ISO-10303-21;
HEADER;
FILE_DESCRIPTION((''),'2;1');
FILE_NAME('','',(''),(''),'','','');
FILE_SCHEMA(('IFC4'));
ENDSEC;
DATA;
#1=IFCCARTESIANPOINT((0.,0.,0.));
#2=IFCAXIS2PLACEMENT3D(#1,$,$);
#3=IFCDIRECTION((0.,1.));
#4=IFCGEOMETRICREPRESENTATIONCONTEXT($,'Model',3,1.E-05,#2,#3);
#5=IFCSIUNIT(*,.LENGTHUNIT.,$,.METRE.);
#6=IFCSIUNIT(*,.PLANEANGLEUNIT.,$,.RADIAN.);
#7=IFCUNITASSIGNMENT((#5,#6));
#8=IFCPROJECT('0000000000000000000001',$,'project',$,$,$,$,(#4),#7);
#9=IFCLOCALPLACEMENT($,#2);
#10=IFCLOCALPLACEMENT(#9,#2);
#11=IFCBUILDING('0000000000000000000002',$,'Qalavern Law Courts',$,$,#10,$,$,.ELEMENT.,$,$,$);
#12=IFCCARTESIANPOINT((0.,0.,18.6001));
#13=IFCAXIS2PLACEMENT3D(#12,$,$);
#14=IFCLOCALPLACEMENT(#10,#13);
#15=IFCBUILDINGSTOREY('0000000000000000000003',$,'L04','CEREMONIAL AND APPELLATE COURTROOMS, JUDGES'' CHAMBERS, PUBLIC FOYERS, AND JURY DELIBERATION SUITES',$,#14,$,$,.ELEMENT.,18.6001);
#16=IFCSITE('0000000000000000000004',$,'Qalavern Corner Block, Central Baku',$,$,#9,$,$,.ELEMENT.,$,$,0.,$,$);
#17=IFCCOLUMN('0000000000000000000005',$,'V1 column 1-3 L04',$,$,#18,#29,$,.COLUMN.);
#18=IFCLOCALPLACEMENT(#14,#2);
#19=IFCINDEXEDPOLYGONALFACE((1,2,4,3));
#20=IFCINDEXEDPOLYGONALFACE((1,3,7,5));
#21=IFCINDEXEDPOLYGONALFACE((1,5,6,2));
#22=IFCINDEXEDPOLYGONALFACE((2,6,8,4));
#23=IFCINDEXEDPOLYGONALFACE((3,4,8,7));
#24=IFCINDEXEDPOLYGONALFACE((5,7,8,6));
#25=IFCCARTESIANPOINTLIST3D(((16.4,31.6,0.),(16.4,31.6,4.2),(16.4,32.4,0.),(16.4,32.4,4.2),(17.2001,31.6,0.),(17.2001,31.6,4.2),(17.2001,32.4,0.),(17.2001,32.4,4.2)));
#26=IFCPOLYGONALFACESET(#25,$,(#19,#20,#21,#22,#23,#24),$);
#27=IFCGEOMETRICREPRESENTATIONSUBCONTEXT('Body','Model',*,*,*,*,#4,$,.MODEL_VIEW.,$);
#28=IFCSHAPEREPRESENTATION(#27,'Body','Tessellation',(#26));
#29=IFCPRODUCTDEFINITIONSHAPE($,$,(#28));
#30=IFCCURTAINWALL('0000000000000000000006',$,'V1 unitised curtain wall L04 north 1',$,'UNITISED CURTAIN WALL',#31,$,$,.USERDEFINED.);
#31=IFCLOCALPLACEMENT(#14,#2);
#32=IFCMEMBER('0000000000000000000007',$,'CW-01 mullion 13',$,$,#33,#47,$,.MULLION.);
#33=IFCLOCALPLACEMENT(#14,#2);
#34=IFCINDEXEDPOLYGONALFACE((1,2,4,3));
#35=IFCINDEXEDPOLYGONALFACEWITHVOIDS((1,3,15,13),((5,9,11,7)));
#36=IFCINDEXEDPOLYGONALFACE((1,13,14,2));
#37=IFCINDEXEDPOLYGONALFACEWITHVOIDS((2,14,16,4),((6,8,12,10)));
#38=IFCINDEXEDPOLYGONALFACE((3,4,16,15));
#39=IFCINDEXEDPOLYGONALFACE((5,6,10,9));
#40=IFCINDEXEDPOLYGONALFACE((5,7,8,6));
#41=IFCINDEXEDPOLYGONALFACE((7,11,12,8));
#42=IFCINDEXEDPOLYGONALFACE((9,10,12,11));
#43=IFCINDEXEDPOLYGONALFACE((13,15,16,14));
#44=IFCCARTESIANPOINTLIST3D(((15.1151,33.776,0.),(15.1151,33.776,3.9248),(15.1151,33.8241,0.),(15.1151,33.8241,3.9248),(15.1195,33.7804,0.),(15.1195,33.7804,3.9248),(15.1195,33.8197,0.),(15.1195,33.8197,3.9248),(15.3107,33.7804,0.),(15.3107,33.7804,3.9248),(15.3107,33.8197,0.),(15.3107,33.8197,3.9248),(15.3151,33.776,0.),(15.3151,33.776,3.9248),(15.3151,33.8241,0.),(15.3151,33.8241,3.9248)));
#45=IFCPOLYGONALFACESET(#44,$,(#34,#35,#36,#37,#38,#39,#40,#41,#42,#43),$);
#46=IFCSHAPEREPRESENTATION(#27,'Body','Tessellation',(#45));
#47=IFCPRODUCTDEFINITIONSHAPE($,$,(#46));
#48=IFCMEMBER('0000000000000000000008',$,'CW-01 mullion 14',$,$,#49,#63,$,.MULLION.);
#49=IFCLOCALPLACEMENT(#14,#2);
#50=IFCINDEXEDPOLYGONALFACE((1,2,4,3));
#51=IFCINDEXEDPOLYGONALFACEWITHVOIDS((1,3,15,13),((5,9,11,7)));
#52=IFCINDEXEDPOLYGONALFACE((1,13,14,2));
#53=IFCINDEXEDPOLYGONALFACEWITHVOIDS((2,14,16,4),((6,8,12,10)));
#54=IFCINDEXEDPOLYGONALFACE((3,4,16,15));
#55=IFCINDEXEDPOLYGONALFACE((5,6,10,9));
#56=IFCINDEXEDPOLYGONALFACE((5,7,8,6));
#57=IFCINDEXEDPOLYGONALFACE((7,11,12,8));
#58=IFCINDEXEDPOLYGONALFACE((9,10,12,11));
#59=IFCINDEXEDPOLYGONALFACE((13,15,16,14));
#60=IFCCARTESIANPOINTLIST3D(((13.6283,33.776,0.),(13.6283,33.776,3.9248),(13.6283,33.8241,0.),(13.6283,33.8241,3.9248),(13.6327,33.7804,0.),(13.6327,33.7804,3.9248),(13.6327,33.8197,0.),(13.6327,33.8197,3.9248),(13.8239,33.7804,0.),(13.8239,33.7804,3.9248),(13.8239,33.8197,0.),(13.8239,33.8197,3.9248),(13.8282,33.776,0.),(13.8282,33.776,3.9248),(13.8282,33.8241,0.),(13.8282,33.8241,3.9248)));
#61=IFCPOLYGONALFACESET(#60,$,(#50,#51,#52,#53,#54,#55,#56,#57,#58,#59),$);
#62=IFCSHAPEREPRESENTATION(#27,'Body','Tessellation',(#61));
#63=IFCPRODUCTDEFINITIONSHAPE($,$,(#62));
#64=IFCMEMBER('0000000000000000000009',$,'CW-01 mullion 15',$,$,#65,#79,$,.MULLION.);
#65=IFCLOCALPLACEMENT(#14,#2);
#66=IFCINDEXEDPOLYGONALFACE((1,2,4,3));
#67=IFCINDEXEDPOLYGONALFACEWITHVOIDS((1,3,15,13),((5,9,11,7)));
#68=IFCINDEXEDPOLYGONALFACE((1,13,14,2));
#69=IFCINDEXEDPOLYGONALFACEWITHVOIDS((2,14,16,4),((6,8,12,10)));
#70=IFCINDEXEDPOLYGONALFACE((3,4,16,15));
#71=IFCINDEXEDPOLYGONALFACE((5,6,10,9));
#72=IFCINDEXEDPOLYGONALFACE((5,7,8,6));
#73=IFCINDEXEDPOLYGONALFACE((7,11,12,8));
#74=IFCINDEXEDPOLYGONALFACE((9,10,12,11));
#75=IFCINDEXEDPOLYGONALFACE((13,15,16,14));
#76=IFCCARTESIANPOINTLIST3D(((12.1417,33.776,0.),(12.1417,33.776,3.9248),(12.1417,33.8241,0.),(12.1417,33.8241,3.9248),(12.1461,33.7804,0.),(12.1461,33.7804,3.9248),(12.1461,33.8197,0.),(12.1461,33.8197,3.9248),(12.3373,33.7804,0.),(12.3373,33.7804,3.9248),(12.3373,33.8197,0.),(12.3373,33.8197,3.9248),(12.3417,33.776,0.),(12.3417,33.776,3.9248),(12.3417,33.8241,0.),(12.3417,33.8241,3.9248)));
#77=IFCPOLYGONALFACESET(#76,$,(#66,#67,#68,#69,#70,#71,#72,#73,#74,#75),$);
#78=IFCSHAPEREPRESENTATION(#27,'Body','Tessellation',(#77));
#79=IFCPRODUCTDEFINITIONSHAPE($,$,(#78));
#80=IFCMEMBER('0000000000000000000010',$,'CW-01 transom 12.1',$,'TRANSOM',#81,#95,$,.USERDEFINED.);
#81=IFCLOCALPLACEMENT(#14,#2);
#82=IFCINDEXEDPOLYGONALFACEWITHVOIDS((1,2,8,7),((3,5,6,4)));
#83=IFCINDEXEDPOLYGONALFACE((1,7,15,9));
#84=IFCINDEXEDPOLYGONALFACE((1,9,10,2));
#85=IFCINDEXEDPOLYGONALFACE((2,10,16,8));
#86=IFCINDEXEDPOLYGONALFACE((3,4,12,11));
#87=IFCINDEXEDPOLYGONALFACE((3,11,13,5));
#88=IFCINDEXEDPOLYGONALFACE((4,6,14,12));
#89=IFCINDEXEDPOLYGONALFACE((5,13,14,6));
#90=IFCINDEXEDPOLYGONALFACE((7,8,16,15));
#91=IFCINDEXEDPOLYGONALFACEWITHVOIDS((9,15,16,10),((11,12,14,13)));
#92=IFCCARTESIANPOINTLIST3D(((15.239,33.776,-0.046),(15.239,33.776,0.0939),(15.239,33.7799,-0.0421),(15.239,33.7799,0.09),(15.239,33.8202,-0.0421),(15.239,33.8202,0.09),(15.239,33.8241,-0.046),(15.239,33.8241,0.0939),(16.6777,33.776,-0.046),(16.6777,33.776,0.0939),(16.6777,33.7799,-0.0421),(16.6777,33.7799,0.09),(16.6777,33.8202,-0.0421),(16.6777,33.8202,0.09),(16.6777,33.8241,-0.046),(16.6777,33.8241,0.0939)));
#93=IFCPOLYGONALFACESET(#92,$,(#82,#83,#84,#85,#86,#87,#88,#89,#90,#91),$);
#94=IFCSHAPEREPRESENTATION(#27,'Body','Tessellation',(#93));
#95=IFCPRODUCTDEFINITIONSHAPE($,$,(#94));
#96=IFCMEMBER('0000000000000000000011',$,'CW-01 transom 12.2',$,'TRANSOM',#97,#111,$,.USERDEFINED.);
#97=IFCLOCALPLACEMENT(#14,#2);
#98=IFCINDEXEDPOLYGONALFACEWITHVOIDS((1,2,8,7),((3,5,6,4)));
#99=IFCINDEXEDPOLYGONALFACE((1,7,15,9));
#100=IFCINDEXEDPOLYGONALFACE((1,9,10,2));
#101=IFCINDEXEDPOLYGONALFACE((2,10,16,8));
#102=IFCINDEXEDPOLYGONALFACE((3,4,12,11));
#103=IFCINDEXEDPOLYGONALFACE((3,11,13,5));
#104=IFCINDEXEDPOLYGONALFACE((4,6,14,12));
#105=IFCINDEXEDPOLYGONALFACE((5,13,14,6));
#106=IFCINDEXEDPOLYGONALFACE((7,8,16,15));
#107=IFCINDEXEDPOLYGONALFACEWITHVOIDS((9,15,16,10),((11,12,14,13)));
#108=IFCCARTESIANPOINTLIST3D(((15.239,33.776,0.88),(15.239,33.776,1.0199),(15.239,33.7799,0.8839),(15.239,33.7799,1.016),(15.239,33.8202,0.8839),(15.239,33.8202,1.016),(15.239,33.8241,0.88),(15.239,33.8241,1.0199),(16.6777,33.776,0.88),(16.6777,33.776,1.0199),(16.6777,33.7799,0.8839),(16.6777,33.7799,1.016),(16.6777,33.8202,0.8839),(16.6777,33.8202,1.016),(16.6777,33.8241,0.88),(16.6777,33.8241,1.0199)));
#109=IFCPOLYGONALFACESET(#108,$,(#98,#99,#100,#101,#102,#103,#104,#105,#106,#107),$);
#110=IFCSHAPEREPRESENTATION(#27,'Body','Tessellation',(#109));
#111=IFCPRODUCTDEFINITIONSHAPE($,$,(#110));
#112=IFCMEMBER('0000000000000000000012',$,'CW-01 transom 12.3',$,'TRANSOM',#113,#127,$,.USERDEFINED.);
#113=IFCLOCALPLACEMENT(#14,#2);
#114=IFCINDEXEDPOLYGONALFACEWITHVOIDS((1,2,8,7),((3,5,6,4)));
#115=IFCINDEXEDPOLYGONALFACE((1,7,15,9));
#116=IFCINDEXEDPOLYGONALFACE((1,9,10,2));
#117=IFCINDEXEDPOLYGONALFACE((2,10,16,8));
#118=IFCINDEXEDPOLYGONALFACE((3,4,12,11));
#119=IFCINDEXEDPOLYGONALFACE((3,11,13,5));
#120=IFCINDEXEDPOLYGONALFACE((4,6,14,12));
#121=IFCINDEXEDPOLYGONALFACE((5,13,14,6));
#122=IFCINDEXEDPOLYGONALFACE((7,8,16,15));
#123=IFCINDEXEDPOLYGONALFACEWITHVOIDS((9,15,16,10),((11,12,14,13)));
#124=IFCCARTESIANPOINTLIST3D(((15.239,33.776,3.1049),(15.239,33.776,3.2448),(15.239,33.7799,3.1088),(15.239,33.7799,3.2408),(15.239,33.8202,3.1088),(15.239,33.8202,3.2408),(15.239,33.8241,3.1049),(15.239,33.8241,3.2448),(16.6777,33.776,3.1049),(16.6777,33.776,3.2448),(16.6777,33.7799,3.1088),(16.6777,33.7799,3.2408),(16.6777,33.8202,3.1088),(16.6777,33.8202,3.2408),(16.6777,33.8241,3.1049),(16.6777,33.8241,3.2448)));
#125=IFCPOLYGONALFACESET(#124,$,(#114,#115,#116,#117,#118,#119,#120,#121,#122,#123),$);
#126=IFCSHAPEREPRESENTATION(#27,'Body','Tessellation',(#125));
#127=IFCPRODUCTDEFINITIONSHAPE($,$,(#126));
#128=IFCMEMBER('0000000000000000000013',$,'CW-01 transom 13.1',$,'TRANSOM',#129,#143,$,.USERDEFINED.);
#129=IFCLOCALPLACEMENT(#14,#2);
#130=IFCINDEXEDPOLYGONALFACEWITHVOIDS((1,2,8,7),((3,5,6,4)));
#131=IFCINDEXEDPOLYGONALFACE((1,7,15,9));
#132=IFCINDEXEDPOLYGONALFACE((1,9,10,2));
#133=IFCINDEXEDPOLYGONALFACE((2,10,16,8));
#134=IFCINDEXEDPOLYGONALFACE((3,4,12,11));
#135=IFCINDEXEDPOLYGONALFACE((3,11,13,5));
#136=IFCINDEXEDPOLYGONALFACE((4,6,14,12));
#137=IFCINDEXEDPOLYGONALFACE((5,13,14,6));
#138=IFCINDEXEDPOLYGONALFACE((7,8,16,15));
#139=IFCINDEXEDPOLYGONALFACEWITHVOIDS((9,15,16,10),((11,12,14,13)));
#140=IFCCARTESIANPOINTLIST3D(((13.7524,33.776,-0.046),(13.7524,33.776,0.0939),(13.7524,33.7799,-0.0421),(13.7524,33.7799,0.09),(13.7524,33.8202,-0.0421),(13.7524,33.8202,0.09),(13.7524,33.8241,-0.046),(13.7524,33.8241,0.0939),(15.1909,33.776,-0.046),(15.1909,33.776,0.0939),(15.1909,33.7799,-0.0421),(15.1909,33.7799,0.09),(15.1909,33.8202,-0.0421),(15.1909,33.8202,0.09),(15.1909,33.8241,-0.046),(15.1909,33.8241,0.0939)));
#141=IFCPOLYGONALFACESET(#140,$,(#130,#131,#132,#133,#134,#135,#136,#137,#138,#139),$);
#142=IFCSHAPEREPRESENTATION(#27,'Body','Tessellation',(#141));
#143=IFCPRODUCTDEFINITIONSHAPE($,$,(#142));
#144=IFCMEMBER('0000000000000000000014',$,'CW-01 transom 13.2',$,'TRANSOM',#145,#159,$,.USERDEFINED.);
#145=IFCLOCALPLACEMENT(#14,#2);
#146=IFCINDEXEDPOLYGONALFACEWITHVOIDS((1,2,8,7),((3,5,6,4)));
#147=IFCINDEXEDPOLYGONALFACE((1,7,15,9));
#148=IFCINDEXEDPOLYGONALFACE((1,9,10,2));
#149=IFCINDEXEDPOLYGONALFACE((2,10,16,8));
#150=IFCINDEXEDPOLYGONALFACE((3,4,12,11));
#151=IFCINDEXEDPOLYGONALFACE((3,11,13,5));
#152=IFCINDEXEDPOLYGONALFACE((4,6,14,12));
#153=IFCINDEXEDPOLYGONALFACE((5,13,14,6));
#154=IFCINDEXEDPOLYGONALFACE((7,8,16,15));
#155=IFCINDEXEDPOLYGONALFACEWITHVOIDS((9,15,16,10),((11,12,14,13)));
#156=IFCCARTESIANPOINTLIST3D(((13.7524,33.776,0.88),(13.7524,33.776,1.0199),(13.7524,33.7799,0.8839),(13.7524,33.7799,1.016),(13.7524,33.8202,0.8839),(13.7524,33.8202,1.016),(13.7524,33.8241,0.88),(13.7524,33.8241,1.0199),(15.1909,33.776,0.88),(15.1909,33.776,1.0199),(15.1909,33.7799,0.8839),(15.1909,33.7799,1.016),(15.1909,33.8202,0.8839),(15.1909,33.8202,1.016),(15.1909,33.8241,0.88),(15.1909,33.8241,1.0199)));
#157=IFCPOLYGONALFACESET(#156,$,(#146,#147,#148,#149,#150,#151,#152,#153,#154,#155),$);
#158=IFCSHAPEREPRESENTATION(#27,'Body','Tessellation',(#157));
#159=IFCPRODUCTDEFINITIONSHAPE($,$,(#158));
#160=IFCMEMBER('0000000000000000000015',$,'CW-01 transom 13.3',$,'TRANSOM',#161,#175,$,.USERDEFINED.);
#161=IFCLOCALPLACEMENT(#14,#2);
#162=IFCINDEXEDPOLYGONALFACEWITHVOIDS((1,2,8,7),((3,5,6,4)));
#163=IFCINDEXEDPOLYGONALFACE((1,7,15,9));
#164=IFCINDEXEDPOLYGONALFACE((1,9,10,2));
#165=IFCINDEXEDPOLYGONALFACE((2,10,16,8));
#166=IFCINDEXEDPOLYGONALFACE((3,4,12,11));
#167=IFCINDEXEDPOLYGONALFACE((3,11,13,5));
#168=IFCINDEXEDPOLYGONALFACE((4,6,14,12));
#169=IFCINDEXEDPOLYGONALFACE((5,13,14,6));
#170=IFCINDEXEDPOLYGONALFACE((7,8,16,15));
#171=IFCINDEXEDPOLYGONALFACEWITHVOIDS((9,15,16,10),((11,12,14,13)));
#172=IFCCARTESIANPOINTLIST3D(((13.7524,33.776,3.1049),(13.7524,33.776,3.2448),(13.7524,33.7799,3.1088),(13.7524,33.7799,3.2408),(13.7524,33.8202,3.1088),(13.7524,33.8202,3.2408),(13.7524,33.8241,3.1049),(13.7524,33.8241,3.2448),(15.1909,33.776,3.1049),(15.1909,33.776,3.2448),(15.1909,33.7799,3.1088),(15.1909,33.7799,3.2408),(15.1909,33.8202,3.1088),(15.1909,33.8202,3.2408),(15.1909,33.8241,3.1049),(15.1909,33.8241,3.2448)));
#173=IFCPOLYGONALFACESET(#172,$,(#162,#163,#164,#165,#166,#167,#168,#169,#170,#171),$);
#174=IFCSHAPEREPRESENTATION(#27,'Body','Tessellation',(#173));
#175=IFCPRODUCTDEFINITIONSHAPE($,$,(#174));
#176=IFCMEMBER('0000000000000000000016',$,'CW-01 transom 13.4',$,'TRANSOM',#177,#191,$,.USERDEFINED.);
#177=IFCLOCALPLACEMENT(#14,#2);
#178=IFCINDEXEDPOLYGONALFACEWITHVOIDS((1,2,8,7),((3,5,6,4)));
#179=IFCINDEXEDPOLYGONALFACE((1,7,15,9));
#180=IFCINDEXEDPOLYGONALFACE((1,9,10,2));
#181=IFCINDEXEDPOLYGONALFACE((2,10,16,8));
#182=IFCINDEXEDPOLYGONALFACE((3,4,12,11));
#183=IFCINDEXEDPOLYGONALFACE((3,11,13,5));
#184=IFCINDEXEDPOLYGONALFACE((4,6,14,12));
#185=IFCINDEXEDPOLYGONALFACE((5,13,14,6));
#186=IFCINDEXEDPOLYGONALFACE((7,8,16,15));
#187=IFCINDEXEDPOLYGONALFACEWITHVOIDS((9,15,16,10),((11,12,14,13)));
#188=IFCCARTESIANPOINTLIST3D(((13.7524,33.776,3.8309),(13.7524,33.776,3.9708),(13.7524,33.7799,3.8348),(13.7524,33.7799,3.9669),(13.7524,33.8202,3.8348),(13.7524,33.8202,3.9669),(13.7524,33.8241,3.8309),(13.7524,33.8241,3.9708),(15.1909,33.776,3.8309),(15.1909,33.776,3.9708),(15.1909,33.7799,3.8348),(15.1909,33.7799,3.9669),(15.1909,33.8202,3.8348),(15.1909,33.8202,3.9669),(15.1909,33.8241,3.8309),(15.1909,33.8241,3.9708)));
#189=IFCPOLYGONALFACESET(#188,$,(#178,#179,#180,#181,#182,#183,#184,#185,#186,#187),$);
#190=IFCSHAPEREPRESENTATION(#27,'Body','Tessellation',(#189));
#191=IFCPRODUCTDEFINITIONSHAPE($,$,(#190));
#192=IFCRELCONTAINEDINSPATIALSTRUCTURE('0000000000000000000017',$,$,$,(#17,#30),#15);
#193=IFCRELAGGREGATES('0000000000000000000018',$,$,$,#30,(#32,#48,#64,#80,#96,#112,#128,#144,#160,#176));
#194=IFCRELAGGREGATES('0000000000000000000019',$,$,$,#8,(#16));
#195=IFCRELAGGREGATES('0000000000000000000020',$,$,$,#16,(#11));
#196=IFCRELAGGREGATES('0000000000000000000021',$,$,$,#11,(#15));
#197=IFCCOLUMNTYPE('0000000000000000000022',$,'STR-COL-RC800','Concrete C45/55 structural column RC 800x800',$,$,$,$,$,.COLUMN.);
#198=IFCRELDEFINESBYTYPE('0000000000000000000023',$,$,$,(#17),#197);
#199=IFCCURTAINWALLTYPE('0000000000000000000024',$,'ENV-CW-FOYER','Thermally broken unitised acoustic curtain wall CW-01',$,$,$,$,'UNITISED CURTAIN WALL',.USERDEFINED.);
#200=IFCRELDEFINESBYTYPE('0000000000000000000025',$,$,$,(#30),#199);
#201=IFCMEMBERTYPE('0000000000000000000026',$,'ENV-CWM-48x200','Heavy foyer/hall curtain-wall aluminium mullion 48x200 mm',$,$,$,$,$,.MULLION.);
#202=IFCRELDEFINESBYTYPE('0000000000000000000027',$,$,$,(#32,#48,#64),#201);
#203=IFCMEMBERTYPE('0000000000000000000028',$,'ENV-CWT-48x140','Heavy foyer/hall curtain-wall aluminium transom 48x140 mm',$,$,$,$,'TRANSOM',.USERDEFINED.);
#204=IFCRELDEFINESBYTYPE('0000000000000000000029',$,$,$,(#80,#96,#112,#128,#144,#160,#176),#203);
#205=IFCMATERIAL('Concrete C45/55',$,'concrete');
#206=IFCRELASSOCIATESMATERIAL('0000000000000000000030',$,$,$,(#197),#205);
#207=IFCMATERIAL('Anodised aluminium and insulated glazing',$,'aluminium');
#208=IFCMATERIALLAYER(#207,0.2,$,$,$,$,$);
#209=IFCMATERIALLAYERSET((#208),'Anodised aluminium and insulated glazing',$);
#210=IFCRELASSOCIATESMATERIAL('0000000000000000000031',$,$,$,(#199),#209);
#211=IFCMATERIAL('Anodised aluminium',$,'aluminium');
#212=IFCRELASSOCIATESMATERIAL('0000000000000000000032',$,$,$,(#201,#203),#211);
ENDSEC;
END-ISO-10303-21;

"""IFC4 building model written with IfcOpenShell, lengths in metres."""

from ifc_helpers import new_model, si_unit, direction, frame, origin, origin_2d, place, context, subcontext, project, spatial, rectangle, hollow_rectangle, extrude, material, layer, layer_set, material_profile, profile_set, type_object, element, aggregate, save


model = new_model("IFC4")

# Units and contexts
model_context = context("Model", 3, precision=1e-05, world=origin(), true_north=direction((0.0, 1.0)))
body_context = subcontext(model_context, "Body", "Model", "MODEL_VIEW")
ifc_project = project(units=[si_unit("LENGTHUNIT", "METRE"), si_unit("PLANEANGLEUNIT", "RADIAN")], contexts=[model_context])

# Site, building, storey
site_placement = place(None, origin())
site = spatial("IfcSite", under=ifc_project, at=site_placement, Name="Qalavern Corner Block, Central Baku", CompositionType="ELEMENT", RefElevation=0.0)
building_placement = place(site_placement, origin())
building = spatial("IfcBuilding", under=site, at=building_placement, Name="Qalavern Law Courts", CompositionType="ELEMENT")
storey_placement = place(building_placement, frame((0.0, 0.0, 18.6001)))
storey = spatial("IfcBuildingStorey", under=building, at=storey_placement, Name="L04", Description="CEREMONIAL AND APPELLATE COURTROOMS, JUDGES' CHAMBERS, PUBLIC FOYERS, AND JURY DELIBERATION SUITES", CompositionType="ELEMENT", Elevation=18.6001)

# Column
ifc_material_1 = material(Name="Concrete C45/55", Category="concrete")
ifc_material_profile_1 = material_profile(ifc_material_1, rectangle(XDim=0.8, YDim=0.8, at=origin_2d()), Name="RC 800x800")
ifc_profile_set_1 = profile_set([ifc_material_profile_1], Name="Concrete C45/55")
column_type = type_object("IfcColumnType", Name="STR-COL-RC800", Description="Concrete C45/55 structural column RC 800x800", PredefinedType="COLUMN", material=ifc_profile_set_1)
column_placement = place(storey_placement, frame((16.8, 32.0, 0.0), z_axis=(0.0, 0.0, 1.0), x_axis=(1.0, 0.0, 0.0)))
element("IfcColumn", 1, at=column_placement, inside=storey, type_object=column_type, Name="V1 column 1-3 L04", PredefinedType="COLUMN", context=body_context, shape_type="SweptSolid", body=[
    extrude(rectangle(XDim=0.8, YDim=0.8, at=origin_2d()), origin(), (0.0, 0.0, 1.0), 4.2),
])

# Curtain wall, members
ifc_material_2 = material(Name="Anodised aluminium and insulated glazing", Category="aluminium")
ifc_layer_1 = layer(ifc_material_2, 0.2)
ifc_layer_set_1 = layer_set([ifc_layer_1], Name="Anodised aluminium and insulated glazing")
curtain_wall_type = type_object("IfcCurtainWallType", Name="ENV-CW-FOYER", Description="Thermally broken unitised acoustic curtain wall CW-01", ElementType="UNITISED CURTAIN WALL", PredefinedType="USERDEFINED", material=ifc_layer_set_1)
curtain_wall_placement = place(storey_placement, origin())
curtain_wall = element("IfcCurtainWall", 2, at=curtain_wall_placement, inside=storey, type_object=curtain_wall_type, Name="V1 unitised curtain wall L04 north 1", ObjectType="UNITISED CURTAIN WALL", PredefinedType="USERDEFINED")
ifc_material_3 = material(Name="Anodised aluminium", Category="aluminium")
ifc_material_profile_2 = material_profile(ifc_material_3, hollow_rectangle(XDim=0.0481, YDim=0.2, WallThickness=0.0044, at=origin_2d()), Name="ALU MULLION 48x200")
ifc_profile_set_2 = profile_set([ifc_material_profile_2], Name="Anodised aluminium")
member_type_1 = type_object("IfcMemberType", Name="ENV-CWM-48x200", Description="Heavy foyer/hall curtain-wall aluminium mullion 48x200 mm", PredefinedType="MULLION", material=ifc_profile_set_2)
member_1_placement = place(storey_placement, frame((15.2151, 33.8, 0.0), z_axis=(0.0, 0.0, 1.0), x_axis=(0.0, -1.0, 0.0)))
member_1 = element("IfcMember", 3, at=member_1_placement, type_object=member_type_1, Name="CW-01 mullion 13", PredefinedType="MULLION", context=body_context, shape_type="SweptSolid", body=[
    extrude(hollow_rectangle(XDim=0.0481, YDim=0.2, WallThickness=0.0044, at=origin_2d()), origin(), (0.0, 0.0, 1.0), 3.9248),
])
member_2_placement = place(storey_placement, frame((13.7283, 33.8, 0.0), z_axis=(0.0, 0.0, 1.0), x_axis=(0.0, -1.0, 0.0)))
member_2 = element("IfcMember", 4, at=member_2_placement, type_object=member_type_1, Name="CW-01 mullion 14", PredefinedType="MULLION", context=body_context, shape_type="SweptSolid", body=[
    extrude(hollow_rectangle(XDim=0.0481, YDim=0.2, WallThickness=0.0044, at=origin_2d()), origin(), (0.0, 0.0, 1.0), 3.9248),
])
member_3_placement = place(storey_placement, frame((12.2417, 33.8, 0.0), z_axis=(0.0, 0.0, 1.0), x_axis=(0.0, -1.0, 0.0)))
member_3 = element("IfcMember", 5, at=member_3_placement, type_object=member_type_1, Name="CW-01 mullion 15", PredefinedType="MULLION", context=body_context, shape_type="SweptSolid", body=[
    extrude(hollow_rectangle(XDim=0.0481, YDim=0.2, WallThickness=0.0044, at=origin_2d()), origin(), (0.0, 0.0, 1.0), 3.9248),
])
ifc_material_profile_3 = material_profile(ifc_material_3, hollow_rectangle(XDim=0.0481, YDim=0.1399, WallThickness=0.0039, at=origin_2d()), Name="ALU TRANSOM 48x140")
ifc_profile_set_3 = profile_set([ifc_material_profile_3], Name="Anodised aluminium")
member_type_2 = type_object("IfcMemberType", Name="ENV-CWT-48x140", Description="Heavy foyer/hall curtain-wall aluminium transom 48x140 mm", ElementType="TRANSOM", PredefinedType="USERDEFINED", material=ifc_profile_set_3)
member_4_placement = place(storey_placement, frame((16.6777, 33.8, 0.0239), z_axis=(-1.0, 0.0, 0.0), x_axis=(0.0, -1.0, 0.0)))
member_4 = element("IfcMember", 6, at=member_4_placement, type_object=member_type_2, Name="CW-01 transom 12.1", ObjectType="TRANSOM", PredefinedType="USERDEFINED", context=body_context, shape_type="SweptSolid", body=[
    extrude(hollow_rectangle(XDim=0.0481, YDim=0.1399, WallThickness=0.0039, at=origin_2d()), origin(), (0.0, 0.0, 1.0), 1.4387),
])
member_5_placement = place(storey_placement, frame((16.6777, 33.8, 0.95), z_axis=(-1.0, 0.0, 0.0), x_axis=(0.0, -1.0, 0.0)))
member_5 = element("IfcMember", 7, at=member_5_placement, type_object=member_type_2, Name="CW-01 transom 12.2", ObjectType="TRANSOM", PredefinedType="USERDEFINED", context=body_context, shape_type="SweptSolid", body=[
    extrude(hollow_rectangle(XDim=0.0481, YDim=0.1399, WallThickness=0.0039, at=origin_2d()), origin(), (0.0, 0.0, 1.0), 1.4387),
])
member_6_placement = place(storey_placement, frame((16.6777, 33.8, 3.1748), z_axis=(-1.0, 0.0, 0.0), x_axis=(0.0, -1.0, 0.0)))
member_6 = element("IfcMember", 8, at=member_6_placement, type_object=member_type_2, Name="CW-01 transom 12.3", ObjectType="TRANSOM", PredefinedType="USERDEFINED", context=body_context, shape_type="SweptSolid", body=[
    extrude(hollow_rectangle(XDim=0.0481, YDim=0.1399, WallThickness=0.0039, at=origin_2d()), origin(), (0.0, 0.0, 1.0), 1.4387),
])
member_7_placement = place(storey_placement, frame((15.1909, 33.8, 0.0239), z_axis=(-1.0, 0.0, 0.0), x_axis=(0.0, -1.0, 0.0)))
member_7 = element("IfcMember", 9, at=member_7_placement, type_object=member_type_2, Name="CW-01 transom 13.1", ObjectType="TRANSOM", PredefinedType="USERDEFINED", context=body_context, shape_type="SweptSolid", body=[
    extrude(hollow_rectangle(XDim=0.0481, YDim=0.1399, WallThickness=0.0039, at=origin_2d()), origin(), (0.0, 0.0, 1.0), 1.4385),
])
member_8_placement = place(storey_placement, frame((15.1909, 33.8, 0.95), z_axis=(-1.0, 0.0, 0.0), x_axis=(0.0, -1.0, 0.0)))
member_8 = element("IfcMember", 10, at=member_8_placement, type_object=member_type_2, Name="CW-01 transom 13.2", ObjectType="TRANSOM", PredefinedType="USERDEFINED", context=body_context, shape_type="SweptSolid", body=[
    extrude(hollow_rectangle(XDim=0.0481, YDim=0.1399, WallThickness=0.0039, at=origin_2d()), origin(), (0.0, 0.0, 1.0), 1.4385),
])
member_9_placement = place(storey_placement, frame((15.1909, 33.8, 3.1748), z_axis=(-1.0, 0.0, 0.0), x_axis=(0.0, -1.0, 0.0)))
member_9 = element("IfcMember", 11, at=member_9_placement, type_object=member_type_2, Name="CW-01 transom 13.3", ObjectType="TRANSOM", PredefinedType="USERDEFINED", context=body_context, shape_type="SweptSolid", body=[
    extrude(hollow_rectangle(XDim=0.0481, YDim=0.1399, WallThickness=0.0039, at=origin_2d()), origin(), (0.0, 0.0, 1.0), 1.4385),
])
member_10_placement = place(storey_placement, frame((15.1909, 33.8, 3.9009), z_axis=(-1.0, 0.0, 0.0), x_axis=(0.0, -1.0, 0.0)))
member_10 = element("IfcMember", 12, at=member_10_placement, type_object=member_type_2, Name="CW-01 transom 13.4", ObjectType="TRANSOM", PredefinedType="USERDEFINED", context=body_context, shape_type="SweptSolid", body=[
    extrude(hollow_rectangle(XDim=0.0481, YDim=0.1399, WallThickness=0.0039, at=origin_2d()), origin(), (0.0, 0.0, 1.0), 1.4385),
])

aggregate(curtain_wall, [member_1, member_2, member_3, member_4, member_5, member_6, member_7, member_8, member_9, member_10])

save(model, "model.ifc")
